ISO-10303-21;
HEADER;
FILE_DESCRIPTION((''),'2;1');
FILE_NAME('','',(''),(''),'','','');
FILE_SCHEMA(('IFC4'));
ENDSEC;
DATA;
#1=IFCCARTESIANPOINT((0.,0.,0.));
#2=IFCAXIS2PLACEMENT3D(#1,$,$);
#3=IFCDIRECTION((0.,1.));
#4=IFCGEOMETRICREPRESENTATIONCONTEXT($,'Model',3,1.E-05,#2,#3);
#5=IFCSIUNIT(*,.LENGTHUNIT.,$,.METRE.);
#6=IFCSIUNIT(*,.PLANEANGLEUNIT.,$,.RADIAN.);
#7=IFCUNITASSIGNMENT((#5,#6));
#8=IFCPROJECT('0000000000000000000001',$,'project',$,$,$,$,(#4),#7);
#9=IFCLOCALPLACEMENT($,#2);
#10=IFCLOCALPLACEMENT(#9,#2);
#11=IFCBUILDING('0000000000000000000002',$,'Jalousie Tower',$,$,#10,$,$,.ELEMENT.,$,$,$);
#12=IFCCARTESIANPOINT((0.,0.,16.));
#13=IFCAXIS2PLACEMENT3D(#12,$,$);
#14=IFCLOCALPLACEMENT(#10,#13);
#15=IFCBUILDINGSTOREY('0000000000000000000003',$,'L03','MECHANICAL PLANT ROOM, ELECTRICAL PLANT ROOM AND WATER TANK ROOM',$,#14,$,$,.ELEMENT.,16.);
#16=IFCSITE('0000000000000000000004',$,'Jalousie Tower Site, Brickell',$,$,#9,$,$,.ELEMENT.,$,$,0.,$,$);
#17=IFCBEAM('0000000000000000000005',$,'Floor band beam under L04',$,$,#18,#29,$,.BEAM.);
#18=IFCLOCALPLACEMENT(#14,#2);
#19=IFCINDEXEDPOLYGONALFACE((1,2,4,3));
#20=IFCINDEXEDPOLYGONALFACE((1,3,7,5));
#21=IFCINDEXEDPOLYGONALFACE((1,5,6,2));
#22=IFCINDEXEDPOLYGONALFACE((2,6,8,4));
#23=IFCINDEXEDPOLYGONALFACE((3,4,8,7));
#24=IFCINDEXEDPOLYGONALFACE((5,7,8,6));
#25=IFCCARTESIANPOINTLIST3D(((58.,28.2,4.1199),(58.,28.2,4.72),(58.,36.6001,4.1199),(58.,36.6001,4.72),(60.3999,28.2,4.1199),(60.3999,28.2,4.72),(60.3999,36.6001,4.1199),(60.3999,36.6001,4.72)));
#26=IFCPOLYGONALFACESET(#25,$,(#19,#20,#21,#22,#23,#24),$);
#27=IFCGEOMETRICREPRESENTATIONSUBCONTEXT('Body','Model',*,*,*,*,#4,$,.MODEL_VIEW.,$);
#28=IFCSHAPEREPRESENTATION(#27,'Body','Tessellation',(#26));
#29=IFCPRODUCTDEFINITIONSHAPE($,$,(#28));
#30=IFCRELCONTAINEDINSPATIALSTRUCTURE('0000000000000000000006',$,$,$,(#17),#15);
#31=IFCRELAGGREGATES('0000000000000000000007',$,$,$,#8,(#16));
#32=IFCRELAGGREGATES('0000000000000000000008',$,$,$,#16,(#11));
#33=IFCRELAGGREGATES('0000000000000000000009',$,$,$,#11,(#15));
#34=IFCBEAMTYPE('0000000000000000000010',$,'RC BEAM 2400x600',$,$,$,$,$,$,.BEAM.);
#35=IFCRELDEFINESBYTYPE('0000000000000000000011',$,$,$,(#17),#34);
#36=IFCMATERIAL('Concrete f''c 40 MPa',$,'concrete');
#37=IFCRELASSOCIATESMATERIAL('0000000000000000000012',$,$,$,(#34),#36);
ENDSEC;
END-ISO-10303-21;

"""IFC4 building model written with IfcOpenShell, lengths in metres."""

from ifc_helpers import new_model, si_unit, direction, frame, origin, origin_2d, place, context, subcontext, project, spatial, rectangle, extrude, material, material_profile, profile_set, type_object, element, save


model = new_model("IFC4")

# Units and contexts
model_context = context("Model", 3, precision=1e-05, world=origin(), true_north=direction((0.0, 1.0)))
body_context = subcontext(model_context, "Body", "Model", "MODEL_VIEW")
ifc_project = project(units=[si_unit("LENGTHUNIT", "METRE"), si_unit("PLANEANGLEUNIT", "RADIAN")], contexts=[model_context])

# Site, building, storey
site_placement = place(None, origin())
site = spatial("IfcSite", under=ifc_project, at=site_placement, Name="Jalousie Tower Site, Brickell", CompositionType="ELEMENT", RefElevation=0.0)
building_placement = place(site_placement, origin())
building = spatial("IfcBuilding", under=site, at=building_placement, Name="Jalousie Tower", CompositionType="ELEMENT")
storey_placement = place(building_placement, frame((0.0, 0.0, 16.0)))
storey = spatial("IfcBuildingStorey", under=building, at=storey_placement, Name="L03", Description="MECHANICAL PLANT ROOM, ELECTRICAL PLANT ROOM AND WATER TANK ROOM", CompositionType="ELEMENT", Elevation=16.0)

# Beam
ifc_material_1 = material(Name="Concrete f'c 40 MPa", Category="concrete")
ifc_material_profile_1 = material_profile(ifc_material_1, rectangle(XDim=2.3999, YDim=0.6001, at=origin_2d()), Name="RC 2400x600")
ifc_profile_set_1 = profile_set([ifc_material_profile_1], Name="Concrete f'c 40 MPa")
beam_type_1 = type_object("IfcBeamType", Name="RC BEAM 2400x600", PredefinedType="BEAM", material=ifc_profile_set_1)
beam_1_placement = place(storey_placement, frame((59.2, 28.2, 4.4199), z_axis=(0.0, 1.0, 0.0), x_axis=(-1.0, 0.0, 0.0)))
element("IfcBeam", 1, at=beam_1_placement, inside=storey, type_object=beam_type_1, Name="Floor band beam under L04", PredefinedType="BEAM", context=body_context, shape_type="SweptSolid", body=[
    extrude(rectangle(XDim=2.3999, YDim=0.6001, at=origin_2d()), origin(), (0.0, 0.0, 1.0), 8.4001),
])

save(model, "model.ifc")
